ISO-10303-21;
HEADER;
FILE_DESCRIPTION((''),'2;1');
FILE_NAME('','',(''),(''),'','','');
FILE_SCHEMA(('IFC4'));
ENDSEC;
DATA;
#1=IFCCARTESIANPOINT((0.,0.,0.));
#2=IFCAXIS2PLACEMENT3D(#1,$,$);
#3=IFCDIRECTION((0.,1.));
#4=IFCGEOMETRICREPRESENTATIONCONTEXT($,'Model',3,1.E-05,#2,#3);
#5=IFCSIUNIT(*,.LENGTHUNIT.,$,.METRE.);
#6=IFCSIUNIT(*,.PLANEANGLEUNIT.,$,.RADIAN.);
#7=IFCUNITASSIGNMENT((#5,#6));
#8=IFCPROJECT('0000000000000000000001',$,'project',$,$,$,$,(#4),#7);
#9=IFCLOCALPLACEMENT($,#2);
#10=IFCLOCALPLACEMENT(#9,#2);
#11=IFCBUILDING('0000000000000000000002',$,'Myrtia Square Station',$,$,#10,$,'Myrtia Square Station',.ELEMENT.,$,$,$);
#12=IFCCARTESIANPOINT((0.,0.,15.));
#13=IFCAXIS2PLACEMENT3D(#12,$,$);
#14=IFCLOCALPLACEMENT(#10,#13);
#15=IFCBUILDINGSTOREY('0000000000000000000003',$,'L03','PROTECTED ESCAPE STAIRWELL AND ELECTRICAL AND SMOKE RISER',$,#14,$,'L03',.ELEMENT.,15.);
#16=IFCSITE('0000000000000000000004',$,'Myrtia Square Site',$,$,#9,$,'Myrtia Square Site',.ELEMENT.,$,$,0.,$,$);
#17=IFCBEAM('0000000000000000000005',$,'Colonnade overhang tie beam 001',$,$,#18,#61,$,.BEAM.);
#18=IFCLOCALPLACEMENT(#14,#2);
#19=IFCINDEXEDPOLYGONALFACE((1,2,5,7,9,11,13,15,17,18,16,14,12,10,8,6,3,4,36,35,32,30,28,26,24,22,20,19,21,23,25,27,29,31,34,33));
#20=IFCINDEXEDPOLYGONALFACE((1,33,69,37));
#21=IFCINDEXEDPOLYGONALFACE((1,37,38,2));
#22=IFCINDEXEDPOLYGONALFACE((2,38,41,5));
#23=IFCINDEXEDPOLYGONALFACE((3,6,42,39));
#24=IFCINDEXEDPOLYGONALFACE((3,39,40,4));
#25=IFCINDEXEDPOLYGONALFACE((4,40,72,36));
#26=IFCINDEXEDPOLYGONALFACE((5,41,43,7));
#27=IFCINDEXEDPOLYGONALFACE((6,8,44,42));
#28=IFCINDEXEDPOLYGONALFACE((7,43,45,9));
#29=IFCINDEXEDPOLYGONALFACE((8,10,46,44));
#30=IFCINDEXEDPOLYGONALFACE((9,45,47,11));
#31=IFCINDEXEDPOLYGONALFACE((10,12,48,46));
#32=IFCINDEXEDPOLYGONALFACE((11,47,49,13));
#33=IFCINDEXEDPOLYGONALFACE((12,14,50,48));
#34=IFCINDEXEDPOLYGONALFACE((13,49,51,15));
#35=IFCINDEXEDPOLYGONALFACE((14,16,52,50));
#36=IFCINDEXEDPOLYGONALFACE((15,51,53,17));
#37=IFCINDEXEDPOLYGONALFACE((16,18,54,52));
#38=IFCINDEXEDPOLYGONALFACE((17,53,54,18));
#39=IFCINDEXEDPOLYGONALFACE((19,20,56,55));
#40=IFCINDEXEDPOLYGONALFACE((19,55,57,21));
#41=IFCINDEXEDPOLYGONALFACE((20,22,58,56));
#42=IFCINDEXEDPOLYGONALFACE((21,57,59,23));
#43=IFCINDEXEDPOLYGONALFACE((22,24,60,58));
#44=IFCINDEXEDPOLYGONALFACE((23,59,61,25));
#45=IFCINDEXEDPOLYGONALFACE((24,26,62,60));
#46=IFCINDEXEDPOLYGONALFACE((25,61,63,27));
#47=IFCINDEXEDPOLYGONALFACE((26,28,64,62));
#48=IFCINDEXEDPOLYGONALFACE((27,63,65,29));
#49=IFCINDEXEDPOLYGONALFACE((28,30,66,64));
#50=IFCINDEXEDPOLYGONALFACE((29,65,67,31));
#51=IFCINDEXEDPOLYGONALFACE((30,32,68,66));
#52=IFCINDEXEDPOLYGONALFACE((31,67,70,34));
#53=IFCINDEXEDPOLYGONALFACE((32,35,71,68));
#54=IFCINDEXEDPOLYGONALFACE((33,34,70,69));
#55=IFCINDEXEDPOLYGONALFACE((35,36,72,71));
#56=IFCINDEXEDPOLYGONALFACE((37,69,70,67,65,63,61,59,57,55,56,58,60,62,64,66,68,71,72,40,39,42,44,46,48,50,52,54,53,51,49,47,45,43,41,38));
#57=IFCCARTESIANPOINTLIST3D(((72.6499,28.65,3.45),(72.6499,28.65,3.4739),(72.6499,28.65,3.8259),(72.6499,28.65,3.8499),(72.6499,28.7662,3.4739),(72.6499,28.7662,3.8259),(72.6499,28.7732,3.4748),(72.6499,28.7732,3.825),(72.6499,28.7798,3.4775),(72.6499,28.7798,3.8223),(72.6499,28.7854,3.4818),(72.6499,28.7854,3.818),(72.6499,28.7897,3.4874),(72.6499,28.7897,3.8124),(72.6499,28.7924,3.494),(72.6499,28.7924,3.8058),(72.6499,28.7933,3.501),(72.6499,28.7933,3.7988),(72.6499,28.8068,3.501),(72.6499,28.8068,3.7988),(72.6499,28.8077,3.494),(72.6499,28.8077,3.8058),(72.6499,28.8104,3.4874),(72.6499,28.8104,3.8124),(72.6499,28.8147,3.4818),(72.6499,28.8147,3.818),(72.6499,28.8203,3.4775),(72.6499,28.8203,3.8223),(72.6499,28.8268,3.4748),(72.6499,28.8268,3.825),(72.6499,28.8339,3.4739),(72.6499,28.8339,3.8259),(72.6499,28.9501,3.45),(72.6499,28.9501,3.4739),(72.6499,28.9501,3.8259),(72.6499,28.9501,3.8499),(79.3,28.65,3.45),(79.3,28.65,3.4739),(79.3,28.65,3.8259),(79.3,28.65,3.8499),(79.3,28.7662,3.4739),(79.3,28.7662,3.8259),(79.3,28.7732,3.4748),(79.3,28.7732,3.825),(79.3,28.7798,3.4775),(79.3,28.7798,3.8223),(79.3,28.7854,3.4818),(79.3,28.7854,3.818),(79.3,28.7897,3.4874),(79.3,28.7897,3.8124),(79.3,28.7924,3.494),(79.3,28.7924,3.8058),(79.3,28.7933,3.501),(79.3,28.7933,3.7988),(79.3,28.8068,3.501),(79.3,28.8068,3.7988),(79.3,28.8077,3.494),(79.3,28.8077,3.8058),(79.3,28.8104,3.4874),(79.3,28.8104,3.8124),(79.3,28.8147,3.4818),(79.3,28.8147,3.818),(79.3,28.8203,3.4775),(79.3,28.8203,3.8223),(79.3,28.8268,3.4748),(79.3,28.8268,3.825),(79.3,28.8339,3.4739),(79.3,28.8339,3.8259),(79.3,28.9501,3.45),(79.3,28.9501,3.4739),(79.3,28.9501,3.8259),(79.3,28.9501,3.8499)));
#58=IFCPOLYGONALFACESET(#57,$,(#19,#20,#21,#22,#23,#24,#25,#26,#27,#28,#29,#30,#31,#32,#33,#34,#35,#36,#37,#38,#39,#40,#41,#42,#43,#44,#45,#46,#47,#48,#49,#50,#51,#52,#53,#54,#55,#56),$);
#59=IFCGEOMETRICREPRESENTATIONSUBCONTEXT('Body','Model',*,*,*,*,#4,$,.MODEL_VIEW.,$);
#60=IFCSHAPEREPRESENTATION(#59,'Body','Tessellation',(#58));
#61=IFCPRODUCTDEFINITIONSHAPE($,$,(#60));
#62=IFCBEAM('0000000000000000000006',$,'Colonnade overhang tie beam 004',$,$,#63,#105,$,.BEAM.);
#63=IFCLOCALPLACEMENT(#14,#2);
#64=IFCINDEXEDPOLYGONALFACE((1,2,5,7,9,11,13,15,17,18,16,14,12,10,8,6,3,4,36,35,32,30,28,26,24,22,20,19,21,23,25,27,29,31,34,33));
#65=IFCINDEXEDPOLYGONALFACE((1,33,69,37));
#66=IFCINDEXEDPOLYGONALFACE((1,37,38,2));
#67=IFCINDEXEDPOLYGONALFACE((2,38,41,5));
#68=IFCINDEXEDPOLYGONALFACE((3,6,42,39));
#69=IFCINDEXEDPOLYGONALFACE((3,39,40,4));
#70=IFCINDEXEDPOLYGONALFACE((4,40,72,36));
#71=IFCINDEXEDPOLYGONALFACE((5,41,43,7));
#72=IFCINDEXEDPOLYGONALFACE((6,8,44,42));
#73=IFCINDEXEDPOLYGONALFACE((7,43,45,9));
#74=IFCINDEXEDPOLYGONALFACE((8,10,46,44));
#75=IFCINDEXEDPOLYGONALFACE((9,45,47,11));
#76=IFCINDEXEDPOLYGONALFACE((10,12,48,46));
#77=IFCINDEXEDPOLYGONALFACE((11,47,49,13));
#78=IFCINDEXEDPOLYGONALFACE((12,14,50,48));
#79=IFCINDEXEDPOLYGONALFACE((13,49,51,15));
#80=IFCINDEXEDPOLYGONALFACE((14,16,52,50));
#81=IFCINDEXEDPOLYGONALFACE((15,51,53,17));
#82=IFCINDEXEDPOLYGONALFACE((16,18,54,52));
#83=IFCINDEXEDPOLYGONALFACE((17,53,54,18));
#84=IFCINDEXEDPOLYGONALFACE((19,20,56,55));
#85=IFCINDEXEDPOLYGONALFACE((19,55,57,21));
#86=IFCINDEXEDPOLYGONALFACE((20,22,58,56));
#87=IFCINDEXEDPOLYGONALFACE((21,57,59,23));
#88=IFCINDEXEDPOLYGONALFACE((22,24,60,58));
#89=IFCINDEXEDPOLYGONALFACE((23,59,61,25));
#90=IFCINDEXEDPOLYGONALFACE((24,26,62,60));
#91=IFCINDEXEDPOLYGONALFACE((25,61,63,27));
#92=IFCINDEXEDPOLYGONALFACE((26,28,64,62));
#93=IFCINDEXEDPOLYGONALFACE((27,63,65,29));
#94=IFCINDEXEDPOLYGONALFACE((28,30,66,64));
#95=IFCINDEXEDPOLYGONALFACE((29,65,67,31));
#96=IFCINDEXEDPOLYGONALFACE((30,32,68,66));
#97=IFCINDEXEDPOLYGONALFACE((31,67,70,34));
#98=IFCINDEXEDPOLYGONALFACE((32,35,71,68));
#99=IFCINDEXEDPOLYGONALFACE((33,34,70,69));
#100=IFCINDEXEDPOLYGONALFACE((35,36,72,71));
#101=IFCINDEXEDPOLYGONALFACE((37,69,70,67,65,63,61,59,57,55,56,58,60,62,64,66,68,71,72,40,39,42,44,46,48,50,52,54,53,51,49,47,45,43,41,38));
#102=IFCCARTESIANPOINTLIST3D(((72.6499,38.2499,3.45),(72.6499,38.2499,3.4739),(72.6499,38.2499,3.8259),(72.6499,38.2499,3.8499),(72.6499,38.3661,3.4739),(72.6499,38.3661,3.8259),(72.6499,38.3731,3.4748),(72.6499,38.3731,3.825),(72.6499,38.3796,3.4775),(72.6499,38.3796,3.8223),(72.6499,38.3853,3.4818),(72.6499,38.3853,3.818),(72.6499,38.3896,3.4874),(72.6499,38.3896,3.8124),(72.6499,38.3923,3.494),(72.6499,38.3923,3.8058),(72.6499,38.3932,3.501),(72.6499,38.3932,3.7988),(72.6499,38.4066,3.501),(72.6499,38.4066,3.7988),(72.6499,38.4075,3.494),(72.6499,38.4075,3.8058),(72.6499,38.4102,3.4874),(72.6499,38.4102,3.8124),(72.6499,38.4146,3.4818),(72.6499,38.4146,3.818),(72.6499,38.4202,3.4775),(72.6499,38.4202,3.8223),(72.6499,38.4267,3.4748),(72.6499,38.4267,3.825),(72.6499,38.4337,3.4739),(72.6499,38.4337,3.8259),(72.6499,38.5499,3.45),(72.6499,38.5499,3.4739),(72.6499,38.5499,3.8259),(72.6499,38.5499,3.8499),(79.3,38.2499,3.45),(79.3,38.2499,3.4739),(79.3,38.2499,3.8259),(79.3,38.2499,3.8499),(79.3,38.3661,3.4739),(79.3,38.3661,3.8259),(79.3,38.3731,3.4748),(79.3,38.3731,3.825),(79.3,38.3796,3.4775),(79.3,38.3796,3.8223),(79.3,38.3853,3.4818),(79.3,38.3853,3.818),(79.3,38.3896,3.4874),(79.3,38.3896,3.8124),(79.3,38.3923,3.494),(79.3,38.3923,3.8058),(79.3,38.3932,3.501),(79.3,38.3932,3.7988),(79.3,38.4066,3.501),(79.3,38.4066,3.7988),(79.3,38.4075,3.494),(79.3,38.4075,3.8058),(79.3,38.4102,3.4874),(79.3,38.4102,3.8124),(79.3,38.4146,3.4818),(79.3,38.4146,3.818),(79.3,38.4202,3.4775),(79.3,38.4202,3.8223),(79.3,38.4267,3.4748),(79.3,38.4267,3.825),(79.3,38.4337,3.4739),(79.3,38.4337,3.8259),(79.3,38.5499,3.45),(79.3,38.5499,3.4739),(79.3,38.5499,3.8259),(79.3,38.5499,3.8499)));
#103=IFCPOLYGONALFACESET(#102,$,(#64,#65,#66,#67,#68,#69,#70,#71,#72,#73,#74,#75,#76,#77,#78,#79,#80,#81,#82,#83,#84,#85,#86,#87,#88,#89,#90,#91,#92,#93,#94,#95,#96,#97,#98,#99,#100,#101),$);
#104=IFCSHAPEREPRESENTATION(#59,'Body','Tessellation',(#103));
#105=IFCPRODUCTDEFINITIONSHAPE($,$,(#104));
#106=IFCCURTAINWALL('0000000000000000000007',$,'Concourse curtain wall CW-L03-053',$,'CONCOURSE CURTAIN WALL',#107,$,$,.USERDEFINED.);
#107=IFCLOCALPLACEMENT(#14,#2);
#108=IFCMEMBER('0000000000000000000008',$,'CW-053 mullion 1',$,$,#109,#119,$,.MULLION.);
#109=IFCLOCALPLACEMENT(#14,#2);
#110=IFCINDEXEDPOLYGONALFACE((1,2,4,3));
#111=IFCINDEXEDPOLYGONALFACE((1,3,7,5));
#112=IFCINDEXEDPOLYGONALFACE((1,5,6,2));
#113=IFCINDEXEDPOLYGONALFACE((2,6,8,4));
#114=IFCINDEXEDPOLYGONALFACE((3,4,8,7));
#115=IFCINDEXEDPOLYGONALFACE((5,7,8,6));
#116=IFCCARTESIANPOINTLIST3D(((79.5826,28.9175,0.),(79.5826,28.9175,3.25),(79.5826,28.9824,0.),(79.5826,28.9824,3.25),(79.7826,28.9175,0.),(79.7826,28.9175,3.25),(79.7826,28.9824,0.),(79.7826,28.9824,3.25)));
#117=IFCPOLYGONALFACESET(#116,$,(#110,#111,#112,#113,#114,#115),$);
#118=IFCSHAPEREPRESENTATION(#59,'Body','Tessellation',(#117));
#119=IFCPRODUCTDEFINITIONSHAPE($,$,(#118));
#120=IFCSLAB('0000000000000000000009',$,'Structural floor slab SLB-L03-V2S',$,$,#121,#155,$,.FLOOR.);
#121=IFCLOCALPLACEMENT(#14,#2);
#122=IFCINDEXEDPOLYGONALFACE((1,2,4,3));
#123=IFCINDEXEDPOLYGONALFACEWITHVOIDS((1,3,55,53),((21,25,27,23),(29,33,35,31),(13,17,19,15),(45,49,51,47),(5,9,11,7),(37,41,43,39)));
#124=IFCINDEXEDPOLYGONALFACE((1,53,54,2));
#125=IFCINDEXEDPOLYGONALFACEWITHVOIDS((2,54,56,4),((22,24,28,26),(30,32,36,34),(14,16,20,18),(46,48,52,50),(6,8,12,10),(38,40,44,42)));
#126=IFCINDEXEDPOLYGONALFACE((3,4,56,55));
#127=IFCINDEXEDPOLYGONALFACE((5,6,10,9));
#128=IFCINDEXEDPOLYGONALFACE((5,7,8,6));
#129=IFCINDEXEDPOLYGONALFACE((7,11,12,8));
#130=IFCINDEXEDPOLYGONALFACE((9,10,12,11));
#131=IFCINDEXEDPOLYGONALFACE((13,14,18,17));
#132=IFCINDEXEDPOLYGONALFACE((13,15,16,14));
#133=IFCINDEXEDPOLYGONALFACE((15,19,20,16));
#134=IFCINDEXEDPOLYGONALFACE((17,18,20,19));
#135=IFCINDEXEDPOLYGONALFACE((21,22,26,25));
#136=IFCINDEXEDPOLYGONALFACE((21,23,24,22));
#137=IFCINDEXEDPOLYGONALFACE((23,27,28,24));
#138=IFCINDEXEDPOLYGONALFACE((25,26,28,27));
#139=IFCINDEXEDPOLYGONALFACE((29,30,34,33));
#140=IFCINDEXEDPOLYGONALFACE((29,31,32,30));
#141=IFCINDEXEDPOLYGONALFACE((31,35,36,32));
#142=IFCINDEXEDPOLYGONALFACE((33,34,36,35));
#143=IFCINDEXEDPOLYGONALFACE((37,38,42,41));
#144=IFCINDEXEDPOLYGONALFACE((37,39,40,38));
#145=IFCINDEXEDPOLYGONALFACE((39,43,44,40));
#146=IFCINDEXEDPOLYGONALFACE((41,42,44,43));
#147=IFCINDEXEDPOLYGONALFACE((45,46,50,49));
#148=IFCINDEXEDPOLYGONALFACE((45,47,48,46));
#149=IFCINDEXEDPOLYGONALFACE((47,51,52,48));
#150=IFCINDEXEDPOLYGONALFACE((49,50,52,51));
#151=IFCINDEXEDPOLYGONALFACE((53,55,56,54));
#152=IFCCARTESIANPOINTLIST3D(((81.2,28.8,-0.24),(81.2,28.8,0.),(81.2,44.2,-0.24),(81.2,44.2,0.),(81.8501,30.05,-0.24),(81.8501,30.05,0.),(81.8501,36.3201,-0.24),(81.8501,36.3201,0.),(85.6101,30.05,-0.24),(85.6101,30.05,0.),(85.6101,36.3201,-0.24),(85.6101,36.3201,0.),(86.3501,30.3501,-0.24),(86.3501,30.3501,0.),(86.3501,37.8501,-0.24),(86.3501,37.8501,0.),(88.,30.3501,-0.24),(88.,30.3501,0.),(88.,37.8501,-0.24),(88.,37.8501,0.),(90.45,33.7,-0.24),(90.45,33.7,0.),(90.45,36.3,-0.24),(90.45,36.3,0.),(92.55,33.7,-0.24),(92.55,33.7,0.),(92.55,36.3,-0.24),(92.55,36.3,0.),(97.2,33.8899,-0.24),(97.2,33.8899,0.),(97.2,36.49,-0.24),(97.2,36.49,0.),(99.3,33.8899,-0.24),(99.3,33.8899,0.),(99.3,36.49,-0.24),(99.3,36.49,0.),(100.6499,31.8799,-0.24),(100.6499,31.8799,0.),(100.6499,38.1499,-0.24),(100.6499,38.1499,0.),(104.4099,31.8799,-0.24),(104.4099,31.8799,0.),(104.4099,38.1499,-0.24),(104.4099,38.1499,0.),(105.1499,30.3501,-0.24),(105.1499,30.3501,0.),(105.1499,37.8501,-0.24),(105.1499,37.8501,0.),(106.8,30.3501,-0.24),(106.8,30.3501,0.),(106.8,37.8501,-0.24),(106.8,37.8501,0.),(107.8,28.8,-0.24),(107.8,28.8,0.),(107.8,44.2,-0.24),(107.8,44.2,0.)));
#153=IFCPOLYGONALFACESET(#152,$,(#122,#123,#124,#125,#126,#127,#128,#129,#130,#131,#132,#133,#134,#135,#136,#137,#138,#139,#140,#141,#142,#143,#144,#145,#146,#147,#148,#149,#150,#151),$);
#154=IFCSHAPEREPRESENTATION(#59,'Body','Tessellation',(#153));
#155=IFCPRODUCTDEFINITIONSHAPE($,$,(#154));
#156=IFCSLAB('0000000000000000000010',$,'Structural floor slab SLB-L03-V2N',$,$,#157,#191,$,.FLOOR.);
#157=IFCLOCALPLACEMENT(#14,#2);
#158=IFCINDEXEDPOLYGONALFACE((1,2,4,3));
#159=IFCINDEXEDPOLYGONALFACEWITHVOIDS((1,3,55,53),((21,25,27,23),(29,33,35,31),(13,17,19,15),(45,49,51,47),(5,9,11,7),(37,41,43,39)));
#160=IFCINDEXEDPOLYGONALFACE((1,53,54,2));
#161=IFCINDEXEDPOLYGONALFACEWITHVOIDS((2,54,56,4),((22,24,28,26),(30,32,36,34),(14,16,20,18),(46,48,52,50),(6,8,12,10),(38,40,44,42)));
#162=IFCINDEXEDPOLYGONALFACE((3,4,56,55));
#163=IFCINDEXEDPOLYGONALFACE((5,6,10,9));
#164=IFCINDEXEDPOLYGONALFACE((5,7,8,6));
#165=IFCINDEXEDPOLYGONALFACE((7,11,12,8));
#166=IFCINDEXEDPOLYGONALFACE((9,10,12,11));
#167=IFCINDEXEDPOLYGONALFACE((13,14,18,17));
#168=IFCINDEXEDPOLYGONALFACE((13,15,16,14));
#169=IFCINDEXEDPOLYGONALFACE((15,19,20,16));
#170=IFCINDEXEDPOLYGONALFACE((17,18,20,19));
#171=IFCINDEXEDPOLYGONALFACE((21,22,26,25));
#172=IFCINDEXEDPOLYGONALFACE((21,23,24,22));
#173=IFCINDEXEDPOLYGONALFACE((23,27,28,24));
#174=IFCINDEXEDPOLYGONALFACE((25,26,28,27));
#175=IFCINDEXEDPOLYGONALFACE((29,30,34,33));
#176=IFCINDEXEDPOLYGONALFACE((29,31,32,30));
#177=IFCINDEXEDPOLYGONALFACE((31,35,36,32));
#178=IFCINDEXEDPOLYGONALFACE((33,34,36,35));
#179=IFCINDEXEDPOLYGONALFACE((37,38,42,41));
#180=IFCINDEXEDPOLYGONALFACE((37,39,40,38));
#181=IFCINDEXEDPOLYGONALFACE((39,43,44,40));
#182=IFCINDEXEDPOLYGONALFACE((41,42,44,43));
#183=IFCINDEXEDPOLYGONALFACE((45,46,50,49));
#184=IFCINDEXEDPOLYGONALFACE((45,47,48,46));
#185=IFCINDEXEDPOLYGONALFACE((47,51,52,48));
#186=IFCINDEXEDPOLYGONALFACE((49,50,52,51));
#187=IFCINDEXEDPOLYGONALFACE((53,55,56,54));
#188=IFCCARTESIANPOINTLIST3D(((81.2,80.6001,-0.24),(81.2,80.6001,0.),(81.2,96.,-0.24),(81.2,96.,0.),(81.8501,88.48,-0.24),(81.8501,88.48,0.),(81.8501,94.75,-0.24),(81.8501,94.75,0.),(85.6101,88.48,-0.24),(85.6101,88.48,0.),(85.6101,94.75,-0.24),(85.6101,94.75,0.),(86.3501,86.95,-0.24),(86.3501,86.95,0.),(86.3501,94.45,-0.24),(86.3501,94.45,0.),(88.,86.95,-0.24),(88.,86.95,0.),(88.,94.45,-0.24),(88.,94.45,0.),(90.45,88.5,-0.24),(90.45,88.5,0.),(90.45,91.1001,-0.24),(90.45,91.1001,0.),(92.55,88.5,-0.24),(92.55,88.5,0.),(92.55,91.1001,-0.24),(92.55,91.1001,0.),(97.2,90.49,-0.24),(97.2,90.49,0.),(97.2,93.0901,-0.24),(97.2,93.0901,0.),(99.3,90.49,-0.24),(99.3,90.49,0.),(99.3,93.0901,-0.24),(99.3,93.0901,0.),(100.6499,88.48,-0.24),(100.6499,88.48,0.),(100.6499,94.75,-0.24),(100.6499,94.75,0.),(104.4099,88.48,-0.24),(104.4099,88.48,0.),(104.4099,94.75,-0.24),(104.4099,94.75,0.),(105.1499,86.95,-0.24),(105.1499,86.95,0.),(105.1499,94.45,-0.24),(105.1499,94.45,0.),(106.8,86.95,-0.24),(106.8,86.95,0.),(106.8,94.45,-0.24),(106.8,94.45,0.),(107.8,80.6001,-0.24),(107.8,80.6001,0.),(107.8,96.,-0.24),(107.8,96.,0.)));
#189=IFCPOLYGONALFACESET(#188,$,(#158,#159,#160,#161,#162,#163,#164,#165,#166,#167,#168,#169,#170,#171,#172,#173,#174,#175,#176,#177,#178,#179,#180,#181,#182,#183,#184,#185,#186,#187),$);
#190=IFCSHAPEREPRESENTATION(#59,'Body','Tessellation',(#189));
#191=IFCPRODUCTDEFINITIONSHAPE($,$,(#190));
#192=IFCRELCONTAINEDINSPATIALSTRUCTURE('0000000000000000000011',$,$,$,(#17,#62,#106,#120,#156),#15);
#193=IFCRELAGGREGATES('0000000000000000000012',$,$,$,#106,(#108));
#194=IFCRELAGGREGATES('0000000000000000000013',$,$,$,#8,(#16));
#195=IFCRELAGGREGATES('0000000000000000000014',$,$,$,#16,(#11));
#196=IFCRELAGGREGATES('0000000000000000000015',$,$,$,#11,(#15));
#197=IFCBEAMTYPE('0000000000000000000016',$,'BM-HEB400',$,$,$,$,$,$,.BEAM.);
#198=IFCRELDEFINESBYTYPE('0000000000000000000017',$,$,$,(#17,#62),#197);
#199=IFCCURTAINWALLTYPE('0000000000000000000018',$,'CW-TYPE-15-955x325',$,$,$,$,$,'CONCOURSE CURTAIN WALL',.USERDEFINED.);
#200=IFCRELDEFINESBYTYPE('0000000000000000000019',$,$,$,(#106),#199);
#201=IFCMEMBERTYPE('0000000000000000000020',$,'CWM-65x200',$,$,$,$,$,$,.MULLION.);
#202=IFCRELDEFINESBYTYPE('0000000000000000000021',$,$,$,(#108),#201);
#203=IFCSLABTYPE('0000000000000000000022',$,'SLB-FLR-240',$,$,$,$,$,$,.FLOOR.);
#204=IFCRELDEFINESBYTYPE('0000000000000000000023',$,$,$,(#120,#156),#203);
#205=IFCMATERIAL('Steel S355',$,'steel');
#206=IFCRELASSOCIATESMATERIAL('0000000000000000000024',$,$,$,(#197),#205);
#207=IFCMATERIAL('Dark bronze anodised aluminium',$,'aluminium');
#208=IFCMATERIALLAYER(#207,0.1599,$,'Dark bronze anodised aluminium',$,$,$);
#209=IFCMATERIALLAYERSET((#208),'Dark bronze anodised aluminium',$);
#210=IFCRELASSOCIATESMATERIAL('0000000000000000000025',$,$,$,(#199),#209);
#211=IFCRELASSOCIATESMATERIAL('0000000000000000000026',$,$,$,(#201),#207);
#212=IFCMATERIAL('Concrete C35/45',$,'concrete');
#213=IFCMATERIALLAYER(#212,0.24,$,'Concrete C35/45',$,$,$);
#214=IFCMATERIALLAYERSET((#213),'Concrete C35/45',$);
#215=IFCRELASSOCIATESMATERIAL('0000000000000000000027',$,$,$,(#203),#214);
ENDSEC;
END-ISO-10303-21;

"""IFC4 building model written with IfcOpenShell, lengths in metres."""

from ifc_helpers import new_model, si_unit, direction, frame, origin, origin_2d, place, context, subcontext, project, spatial, polyline, rectangle, i_section, outline, extrude, material, layer, layer_set, material_profile, profile_set, type_object, element, aggregate, save


model = new_model("IFC4")

# Units and contexts
model_context = context("Model", 3, precision=1e-05, world=origin(), true_north=direction((0.0, 1.0)))
body_context = subcontext(model_context, "Body", "Model", "MODEL_VIEW")
ifc_project = project(units=[si_unit("LENGTHUNIT", "METRE"), si_unit("PLANEANGLEUNIT", "RADIAN")], contexts=[model_context])

# Site, building, storey
site_placement = place(None, origin())
site = spatial("IfcSite", under=ifc_project, at=site_placement, Name="Myrtia Square Site", LongName="Myrtia Square Site", CompositionType="ELEMENT", RefElevation=0.0)
building_placement = place(site_placement, origin())
building = spatial("IfcBuilding", under=site, at=building_placement, Name="Myrtia Square Station", LongName="Myrtia Square Station", CompositionType="ELEMENT")
storey_placement = place(building_placement, frame((0.0, 0.0, 15.0)))
storey = spatial("IfcBuildingStorey", under=building, at=storey_placement, Name="L03", Description="PROTECTED ESCAPE STAIRWELL AND ELECTRICAL AND SMOKE RISER", LongName="L03", CompositionType="ELEMENT", Elevation=15.0)

# Shared definitions
ifc_material_1 = material(Name="Steel S355", Category="steel")

# Beams
ifc_material_profile_1 = material_profile(ifc_material_1, i_section(OverallWidth=0.3, OverallDepth=0.3999, WebThickness=0.0134, FlangeThickness=0.0239, FilletRadius=0.0271, at=origin_2d()), Name="HEB 400")
ifc_profile_set_1 = profile_set([ifc_material_profile_1], Name="Steel S355")
beam_type = type_object("IfcBeamType", Name="BM-HEB400", PredefinedType="BEAM", material=ifc_profile_set_1)
for number, where, z_axis, x_axis, name in (
    (1, (72.6499, 28.8, 3.6499), (1.0, 0.0, 0.0), (0.0, 1.0, 0.0), "Colonnade overhang tie beam 001"),
    (2, (72.6499, 38.3999, 3.6499), (1.0, 0.0, 0.0), (0.0, 1.0, 0.0), "Colonnade overhang tie beam 004"),
):
    element("IfcBeam", number, at=place(storey_placement, frame(where, z_axis=z_axis, x_axis=x_axis)), inside=storey, type_object=beam_type, Name=name, PredefinedType="BEAM", context=body_context, shape_type="SweptSolid", body=[
        extrude(i_section(OverallWidth=0.3, OverallDepth=0.3999, WebThickness=0.0134, FlangeThickness=0.0239, FilletRadius=0.0271, at=origin_2d()), origin(), (0.0, 0.0, 1.0), 6.6501),
    ])

# Curtain wall, member
ifc_material_2 = material(Name="Dark bronze anodised aluminium", Category="aluminium")
ifc_layer_1 = layer(ifc_material_2, 0.1599, Name="Dark bronze anodised aluminium")
ifc_layer_set_1 = layer_set([ifc_layer_1], Name="Dark bronze anodised aluminium")
curtain_wall_type = type_object("IfcCurtainWallType", Name="CW-TYPE-15-955x325", ElementType="CONCOURSE CURTAIN WALL", PredefinedType="USERDEFINED", material=ifc_layer_set_1)
curtain_wall_placement = place(storey_placement, origin())
curtain_wall = element("IfcCurtainWall", 3, at=curtain_wall_placement, inside=storey, type_object=curtain_wall_type, Name="Concourse curtain wall CW-L03-053", ObjectType="CONCOURSE CURTAIN WALL", PredefinedType="USERDEFINED")
ifc_material_profile_2 = material_profile(ifc_material_2, rectangle(XDim=0.0649, YDim=0.2, at=origin_2d()), Name="ALU-M 65x200")
ifc_profile_set_2 = profile_set([ifc_material_profile_2], Name="Dark bronze anodised aluminium")
member_type = type_object("IfcMemberType", Name="CWM-65x200", PredefinedType="MULLION", material=ifc_profile_set_2)
member_placement = place(storey_placement, frame((79.6826, 28.95, 0.0), z_axis=(0.0, 0.0, 1.0), x_axis=(0.0, 1.0, 0.0)))
member = element("IfcMember", 4, at=member_placement, type_object=member_type, Name="CW-053 mullion 1", PredefinedType="MULLION", context=body_context, shape_type="SweptSolid", body=[
    extrude(rectangle(XDim=0.0649, YDim=0.2, at=origin_2d()), origin(), (0.0, 0.0, 1.0), 3.25),
])
aggregate(curtain_wall, [member])

# Slabs
ifc_material_3 = material(Name="Concrete C35/45", Category="concrete")
ifc_layer_2 = layer(ifc_material_3, 0.24, Name="Concrete C35/45")
ifc_layer_set_2 = layer_set([ifc_layer_2], Name="Concrete C35/45")
slab_type_1 = type_object("IfcSlabType", Name="SLB-FLR-240", PredefinedType="FLOOR", material=ifc_layer_set_2)
slab_1_placement = place(storey_placement, frame((0.0, 0.0, -0.24)))
element("IfcSlab", 5, at=slab_1_placement, inside=storey, type_object=slab_type_1, Name="Structural floor slab SLB-L03-V2S", PredefinedType="FLOOR", context=body_context, shape_type="SweptSolid", body=[
    extrude(outline(polyline([(81.2, 28.8), (107.8, 28.8), (107.8, 44.2), (81.2, 44.2), (81.2, 28.8)]), holes=[polyline([(86.3501, 30.3501), (86.3501, 37.8501), (88.0, 37.8501), (88.0, 30.3501), (86.3501, 30.3501)]), polyline([(105.1499, 30.3501), (105.1499, 37.8501), (106.8, 37.8501), (106.8, 30.3501), (105.1499, 30.3501)]), polyline([(81.8501, 30.05), (81.8501, 36.3201), (85.6101, 36.3201), (85.6101, 30.05), (81.8501, 30.05)]), polyline([(100.6499, 31.8799), (100.6499, 38.1499), (104.4099, 38.1499), (104.4099, 31.8799), (100.6499, 31.8799)]), polyline([(90.45, 33.7), (90.45, 36.3), (92.55, 36.3), (92.55, 33.7), (90.45, 33.7)]), polyline([(97.2, 33.8899), (97.2, 36.49), (99.3, 36.49), (99.3, 33.8899), (97.2, 33.8899)])]), origin(), (0.0, 0.0, 1.0), 0.24),
])
slab_2_placement = place(storey_placement, frame((0.0, 0.0, -0.24)))
element("IfcSlab", 6, at=slab_2_placement, inside=storey, type_object=slab_type_1, Name="Structural floor slab SLB-L03-V2N", PredefinedType="FLOOR", context=body_context, shape_type="SweptSolid", body=[
    extrude(outline(polyline([(81.2, 80.6001), (107.8, 80.6001), (107.8, 96.0), (81.2, 96.0), (81.2, 80.6001)]), holes=[polyline([(86.3501, 86.95), (86.3501, 94.45), (88.0, 94.45), (88.0, 86.95), (86.3501, 86.95)]), polyline([(105.1499, 86.95), (105.1499, 94.45), (106.8, 94.45), (106.8, 86.95), (105.1499, 86.95)]), polyline([(81.8501, 88.48), (81.8501, 94.75), (85.6101, 94.75), (85.6101, 88.48), (81.8501, 88.48)]), polyline([(100.6499, 88.48), (100.6499, 94.75), (104.4099, 94.75), (104.4099, 88.48), (100.6499, 88.48)]), polyline([(90.45, 88.5), (90.45, 91.1001), (92.55, 91.1001), (92.55, 88.5), (90.45, 88.5)]), polyline([(97.2, 90.49), (97.2, 93.0901), (99.3, 93.0901), (99.3, 90.49), (97.2, 90.49)])]), origin(), (0.0, 0.0, 1.0), 0.24),
])

save(model, "model.ifc")
